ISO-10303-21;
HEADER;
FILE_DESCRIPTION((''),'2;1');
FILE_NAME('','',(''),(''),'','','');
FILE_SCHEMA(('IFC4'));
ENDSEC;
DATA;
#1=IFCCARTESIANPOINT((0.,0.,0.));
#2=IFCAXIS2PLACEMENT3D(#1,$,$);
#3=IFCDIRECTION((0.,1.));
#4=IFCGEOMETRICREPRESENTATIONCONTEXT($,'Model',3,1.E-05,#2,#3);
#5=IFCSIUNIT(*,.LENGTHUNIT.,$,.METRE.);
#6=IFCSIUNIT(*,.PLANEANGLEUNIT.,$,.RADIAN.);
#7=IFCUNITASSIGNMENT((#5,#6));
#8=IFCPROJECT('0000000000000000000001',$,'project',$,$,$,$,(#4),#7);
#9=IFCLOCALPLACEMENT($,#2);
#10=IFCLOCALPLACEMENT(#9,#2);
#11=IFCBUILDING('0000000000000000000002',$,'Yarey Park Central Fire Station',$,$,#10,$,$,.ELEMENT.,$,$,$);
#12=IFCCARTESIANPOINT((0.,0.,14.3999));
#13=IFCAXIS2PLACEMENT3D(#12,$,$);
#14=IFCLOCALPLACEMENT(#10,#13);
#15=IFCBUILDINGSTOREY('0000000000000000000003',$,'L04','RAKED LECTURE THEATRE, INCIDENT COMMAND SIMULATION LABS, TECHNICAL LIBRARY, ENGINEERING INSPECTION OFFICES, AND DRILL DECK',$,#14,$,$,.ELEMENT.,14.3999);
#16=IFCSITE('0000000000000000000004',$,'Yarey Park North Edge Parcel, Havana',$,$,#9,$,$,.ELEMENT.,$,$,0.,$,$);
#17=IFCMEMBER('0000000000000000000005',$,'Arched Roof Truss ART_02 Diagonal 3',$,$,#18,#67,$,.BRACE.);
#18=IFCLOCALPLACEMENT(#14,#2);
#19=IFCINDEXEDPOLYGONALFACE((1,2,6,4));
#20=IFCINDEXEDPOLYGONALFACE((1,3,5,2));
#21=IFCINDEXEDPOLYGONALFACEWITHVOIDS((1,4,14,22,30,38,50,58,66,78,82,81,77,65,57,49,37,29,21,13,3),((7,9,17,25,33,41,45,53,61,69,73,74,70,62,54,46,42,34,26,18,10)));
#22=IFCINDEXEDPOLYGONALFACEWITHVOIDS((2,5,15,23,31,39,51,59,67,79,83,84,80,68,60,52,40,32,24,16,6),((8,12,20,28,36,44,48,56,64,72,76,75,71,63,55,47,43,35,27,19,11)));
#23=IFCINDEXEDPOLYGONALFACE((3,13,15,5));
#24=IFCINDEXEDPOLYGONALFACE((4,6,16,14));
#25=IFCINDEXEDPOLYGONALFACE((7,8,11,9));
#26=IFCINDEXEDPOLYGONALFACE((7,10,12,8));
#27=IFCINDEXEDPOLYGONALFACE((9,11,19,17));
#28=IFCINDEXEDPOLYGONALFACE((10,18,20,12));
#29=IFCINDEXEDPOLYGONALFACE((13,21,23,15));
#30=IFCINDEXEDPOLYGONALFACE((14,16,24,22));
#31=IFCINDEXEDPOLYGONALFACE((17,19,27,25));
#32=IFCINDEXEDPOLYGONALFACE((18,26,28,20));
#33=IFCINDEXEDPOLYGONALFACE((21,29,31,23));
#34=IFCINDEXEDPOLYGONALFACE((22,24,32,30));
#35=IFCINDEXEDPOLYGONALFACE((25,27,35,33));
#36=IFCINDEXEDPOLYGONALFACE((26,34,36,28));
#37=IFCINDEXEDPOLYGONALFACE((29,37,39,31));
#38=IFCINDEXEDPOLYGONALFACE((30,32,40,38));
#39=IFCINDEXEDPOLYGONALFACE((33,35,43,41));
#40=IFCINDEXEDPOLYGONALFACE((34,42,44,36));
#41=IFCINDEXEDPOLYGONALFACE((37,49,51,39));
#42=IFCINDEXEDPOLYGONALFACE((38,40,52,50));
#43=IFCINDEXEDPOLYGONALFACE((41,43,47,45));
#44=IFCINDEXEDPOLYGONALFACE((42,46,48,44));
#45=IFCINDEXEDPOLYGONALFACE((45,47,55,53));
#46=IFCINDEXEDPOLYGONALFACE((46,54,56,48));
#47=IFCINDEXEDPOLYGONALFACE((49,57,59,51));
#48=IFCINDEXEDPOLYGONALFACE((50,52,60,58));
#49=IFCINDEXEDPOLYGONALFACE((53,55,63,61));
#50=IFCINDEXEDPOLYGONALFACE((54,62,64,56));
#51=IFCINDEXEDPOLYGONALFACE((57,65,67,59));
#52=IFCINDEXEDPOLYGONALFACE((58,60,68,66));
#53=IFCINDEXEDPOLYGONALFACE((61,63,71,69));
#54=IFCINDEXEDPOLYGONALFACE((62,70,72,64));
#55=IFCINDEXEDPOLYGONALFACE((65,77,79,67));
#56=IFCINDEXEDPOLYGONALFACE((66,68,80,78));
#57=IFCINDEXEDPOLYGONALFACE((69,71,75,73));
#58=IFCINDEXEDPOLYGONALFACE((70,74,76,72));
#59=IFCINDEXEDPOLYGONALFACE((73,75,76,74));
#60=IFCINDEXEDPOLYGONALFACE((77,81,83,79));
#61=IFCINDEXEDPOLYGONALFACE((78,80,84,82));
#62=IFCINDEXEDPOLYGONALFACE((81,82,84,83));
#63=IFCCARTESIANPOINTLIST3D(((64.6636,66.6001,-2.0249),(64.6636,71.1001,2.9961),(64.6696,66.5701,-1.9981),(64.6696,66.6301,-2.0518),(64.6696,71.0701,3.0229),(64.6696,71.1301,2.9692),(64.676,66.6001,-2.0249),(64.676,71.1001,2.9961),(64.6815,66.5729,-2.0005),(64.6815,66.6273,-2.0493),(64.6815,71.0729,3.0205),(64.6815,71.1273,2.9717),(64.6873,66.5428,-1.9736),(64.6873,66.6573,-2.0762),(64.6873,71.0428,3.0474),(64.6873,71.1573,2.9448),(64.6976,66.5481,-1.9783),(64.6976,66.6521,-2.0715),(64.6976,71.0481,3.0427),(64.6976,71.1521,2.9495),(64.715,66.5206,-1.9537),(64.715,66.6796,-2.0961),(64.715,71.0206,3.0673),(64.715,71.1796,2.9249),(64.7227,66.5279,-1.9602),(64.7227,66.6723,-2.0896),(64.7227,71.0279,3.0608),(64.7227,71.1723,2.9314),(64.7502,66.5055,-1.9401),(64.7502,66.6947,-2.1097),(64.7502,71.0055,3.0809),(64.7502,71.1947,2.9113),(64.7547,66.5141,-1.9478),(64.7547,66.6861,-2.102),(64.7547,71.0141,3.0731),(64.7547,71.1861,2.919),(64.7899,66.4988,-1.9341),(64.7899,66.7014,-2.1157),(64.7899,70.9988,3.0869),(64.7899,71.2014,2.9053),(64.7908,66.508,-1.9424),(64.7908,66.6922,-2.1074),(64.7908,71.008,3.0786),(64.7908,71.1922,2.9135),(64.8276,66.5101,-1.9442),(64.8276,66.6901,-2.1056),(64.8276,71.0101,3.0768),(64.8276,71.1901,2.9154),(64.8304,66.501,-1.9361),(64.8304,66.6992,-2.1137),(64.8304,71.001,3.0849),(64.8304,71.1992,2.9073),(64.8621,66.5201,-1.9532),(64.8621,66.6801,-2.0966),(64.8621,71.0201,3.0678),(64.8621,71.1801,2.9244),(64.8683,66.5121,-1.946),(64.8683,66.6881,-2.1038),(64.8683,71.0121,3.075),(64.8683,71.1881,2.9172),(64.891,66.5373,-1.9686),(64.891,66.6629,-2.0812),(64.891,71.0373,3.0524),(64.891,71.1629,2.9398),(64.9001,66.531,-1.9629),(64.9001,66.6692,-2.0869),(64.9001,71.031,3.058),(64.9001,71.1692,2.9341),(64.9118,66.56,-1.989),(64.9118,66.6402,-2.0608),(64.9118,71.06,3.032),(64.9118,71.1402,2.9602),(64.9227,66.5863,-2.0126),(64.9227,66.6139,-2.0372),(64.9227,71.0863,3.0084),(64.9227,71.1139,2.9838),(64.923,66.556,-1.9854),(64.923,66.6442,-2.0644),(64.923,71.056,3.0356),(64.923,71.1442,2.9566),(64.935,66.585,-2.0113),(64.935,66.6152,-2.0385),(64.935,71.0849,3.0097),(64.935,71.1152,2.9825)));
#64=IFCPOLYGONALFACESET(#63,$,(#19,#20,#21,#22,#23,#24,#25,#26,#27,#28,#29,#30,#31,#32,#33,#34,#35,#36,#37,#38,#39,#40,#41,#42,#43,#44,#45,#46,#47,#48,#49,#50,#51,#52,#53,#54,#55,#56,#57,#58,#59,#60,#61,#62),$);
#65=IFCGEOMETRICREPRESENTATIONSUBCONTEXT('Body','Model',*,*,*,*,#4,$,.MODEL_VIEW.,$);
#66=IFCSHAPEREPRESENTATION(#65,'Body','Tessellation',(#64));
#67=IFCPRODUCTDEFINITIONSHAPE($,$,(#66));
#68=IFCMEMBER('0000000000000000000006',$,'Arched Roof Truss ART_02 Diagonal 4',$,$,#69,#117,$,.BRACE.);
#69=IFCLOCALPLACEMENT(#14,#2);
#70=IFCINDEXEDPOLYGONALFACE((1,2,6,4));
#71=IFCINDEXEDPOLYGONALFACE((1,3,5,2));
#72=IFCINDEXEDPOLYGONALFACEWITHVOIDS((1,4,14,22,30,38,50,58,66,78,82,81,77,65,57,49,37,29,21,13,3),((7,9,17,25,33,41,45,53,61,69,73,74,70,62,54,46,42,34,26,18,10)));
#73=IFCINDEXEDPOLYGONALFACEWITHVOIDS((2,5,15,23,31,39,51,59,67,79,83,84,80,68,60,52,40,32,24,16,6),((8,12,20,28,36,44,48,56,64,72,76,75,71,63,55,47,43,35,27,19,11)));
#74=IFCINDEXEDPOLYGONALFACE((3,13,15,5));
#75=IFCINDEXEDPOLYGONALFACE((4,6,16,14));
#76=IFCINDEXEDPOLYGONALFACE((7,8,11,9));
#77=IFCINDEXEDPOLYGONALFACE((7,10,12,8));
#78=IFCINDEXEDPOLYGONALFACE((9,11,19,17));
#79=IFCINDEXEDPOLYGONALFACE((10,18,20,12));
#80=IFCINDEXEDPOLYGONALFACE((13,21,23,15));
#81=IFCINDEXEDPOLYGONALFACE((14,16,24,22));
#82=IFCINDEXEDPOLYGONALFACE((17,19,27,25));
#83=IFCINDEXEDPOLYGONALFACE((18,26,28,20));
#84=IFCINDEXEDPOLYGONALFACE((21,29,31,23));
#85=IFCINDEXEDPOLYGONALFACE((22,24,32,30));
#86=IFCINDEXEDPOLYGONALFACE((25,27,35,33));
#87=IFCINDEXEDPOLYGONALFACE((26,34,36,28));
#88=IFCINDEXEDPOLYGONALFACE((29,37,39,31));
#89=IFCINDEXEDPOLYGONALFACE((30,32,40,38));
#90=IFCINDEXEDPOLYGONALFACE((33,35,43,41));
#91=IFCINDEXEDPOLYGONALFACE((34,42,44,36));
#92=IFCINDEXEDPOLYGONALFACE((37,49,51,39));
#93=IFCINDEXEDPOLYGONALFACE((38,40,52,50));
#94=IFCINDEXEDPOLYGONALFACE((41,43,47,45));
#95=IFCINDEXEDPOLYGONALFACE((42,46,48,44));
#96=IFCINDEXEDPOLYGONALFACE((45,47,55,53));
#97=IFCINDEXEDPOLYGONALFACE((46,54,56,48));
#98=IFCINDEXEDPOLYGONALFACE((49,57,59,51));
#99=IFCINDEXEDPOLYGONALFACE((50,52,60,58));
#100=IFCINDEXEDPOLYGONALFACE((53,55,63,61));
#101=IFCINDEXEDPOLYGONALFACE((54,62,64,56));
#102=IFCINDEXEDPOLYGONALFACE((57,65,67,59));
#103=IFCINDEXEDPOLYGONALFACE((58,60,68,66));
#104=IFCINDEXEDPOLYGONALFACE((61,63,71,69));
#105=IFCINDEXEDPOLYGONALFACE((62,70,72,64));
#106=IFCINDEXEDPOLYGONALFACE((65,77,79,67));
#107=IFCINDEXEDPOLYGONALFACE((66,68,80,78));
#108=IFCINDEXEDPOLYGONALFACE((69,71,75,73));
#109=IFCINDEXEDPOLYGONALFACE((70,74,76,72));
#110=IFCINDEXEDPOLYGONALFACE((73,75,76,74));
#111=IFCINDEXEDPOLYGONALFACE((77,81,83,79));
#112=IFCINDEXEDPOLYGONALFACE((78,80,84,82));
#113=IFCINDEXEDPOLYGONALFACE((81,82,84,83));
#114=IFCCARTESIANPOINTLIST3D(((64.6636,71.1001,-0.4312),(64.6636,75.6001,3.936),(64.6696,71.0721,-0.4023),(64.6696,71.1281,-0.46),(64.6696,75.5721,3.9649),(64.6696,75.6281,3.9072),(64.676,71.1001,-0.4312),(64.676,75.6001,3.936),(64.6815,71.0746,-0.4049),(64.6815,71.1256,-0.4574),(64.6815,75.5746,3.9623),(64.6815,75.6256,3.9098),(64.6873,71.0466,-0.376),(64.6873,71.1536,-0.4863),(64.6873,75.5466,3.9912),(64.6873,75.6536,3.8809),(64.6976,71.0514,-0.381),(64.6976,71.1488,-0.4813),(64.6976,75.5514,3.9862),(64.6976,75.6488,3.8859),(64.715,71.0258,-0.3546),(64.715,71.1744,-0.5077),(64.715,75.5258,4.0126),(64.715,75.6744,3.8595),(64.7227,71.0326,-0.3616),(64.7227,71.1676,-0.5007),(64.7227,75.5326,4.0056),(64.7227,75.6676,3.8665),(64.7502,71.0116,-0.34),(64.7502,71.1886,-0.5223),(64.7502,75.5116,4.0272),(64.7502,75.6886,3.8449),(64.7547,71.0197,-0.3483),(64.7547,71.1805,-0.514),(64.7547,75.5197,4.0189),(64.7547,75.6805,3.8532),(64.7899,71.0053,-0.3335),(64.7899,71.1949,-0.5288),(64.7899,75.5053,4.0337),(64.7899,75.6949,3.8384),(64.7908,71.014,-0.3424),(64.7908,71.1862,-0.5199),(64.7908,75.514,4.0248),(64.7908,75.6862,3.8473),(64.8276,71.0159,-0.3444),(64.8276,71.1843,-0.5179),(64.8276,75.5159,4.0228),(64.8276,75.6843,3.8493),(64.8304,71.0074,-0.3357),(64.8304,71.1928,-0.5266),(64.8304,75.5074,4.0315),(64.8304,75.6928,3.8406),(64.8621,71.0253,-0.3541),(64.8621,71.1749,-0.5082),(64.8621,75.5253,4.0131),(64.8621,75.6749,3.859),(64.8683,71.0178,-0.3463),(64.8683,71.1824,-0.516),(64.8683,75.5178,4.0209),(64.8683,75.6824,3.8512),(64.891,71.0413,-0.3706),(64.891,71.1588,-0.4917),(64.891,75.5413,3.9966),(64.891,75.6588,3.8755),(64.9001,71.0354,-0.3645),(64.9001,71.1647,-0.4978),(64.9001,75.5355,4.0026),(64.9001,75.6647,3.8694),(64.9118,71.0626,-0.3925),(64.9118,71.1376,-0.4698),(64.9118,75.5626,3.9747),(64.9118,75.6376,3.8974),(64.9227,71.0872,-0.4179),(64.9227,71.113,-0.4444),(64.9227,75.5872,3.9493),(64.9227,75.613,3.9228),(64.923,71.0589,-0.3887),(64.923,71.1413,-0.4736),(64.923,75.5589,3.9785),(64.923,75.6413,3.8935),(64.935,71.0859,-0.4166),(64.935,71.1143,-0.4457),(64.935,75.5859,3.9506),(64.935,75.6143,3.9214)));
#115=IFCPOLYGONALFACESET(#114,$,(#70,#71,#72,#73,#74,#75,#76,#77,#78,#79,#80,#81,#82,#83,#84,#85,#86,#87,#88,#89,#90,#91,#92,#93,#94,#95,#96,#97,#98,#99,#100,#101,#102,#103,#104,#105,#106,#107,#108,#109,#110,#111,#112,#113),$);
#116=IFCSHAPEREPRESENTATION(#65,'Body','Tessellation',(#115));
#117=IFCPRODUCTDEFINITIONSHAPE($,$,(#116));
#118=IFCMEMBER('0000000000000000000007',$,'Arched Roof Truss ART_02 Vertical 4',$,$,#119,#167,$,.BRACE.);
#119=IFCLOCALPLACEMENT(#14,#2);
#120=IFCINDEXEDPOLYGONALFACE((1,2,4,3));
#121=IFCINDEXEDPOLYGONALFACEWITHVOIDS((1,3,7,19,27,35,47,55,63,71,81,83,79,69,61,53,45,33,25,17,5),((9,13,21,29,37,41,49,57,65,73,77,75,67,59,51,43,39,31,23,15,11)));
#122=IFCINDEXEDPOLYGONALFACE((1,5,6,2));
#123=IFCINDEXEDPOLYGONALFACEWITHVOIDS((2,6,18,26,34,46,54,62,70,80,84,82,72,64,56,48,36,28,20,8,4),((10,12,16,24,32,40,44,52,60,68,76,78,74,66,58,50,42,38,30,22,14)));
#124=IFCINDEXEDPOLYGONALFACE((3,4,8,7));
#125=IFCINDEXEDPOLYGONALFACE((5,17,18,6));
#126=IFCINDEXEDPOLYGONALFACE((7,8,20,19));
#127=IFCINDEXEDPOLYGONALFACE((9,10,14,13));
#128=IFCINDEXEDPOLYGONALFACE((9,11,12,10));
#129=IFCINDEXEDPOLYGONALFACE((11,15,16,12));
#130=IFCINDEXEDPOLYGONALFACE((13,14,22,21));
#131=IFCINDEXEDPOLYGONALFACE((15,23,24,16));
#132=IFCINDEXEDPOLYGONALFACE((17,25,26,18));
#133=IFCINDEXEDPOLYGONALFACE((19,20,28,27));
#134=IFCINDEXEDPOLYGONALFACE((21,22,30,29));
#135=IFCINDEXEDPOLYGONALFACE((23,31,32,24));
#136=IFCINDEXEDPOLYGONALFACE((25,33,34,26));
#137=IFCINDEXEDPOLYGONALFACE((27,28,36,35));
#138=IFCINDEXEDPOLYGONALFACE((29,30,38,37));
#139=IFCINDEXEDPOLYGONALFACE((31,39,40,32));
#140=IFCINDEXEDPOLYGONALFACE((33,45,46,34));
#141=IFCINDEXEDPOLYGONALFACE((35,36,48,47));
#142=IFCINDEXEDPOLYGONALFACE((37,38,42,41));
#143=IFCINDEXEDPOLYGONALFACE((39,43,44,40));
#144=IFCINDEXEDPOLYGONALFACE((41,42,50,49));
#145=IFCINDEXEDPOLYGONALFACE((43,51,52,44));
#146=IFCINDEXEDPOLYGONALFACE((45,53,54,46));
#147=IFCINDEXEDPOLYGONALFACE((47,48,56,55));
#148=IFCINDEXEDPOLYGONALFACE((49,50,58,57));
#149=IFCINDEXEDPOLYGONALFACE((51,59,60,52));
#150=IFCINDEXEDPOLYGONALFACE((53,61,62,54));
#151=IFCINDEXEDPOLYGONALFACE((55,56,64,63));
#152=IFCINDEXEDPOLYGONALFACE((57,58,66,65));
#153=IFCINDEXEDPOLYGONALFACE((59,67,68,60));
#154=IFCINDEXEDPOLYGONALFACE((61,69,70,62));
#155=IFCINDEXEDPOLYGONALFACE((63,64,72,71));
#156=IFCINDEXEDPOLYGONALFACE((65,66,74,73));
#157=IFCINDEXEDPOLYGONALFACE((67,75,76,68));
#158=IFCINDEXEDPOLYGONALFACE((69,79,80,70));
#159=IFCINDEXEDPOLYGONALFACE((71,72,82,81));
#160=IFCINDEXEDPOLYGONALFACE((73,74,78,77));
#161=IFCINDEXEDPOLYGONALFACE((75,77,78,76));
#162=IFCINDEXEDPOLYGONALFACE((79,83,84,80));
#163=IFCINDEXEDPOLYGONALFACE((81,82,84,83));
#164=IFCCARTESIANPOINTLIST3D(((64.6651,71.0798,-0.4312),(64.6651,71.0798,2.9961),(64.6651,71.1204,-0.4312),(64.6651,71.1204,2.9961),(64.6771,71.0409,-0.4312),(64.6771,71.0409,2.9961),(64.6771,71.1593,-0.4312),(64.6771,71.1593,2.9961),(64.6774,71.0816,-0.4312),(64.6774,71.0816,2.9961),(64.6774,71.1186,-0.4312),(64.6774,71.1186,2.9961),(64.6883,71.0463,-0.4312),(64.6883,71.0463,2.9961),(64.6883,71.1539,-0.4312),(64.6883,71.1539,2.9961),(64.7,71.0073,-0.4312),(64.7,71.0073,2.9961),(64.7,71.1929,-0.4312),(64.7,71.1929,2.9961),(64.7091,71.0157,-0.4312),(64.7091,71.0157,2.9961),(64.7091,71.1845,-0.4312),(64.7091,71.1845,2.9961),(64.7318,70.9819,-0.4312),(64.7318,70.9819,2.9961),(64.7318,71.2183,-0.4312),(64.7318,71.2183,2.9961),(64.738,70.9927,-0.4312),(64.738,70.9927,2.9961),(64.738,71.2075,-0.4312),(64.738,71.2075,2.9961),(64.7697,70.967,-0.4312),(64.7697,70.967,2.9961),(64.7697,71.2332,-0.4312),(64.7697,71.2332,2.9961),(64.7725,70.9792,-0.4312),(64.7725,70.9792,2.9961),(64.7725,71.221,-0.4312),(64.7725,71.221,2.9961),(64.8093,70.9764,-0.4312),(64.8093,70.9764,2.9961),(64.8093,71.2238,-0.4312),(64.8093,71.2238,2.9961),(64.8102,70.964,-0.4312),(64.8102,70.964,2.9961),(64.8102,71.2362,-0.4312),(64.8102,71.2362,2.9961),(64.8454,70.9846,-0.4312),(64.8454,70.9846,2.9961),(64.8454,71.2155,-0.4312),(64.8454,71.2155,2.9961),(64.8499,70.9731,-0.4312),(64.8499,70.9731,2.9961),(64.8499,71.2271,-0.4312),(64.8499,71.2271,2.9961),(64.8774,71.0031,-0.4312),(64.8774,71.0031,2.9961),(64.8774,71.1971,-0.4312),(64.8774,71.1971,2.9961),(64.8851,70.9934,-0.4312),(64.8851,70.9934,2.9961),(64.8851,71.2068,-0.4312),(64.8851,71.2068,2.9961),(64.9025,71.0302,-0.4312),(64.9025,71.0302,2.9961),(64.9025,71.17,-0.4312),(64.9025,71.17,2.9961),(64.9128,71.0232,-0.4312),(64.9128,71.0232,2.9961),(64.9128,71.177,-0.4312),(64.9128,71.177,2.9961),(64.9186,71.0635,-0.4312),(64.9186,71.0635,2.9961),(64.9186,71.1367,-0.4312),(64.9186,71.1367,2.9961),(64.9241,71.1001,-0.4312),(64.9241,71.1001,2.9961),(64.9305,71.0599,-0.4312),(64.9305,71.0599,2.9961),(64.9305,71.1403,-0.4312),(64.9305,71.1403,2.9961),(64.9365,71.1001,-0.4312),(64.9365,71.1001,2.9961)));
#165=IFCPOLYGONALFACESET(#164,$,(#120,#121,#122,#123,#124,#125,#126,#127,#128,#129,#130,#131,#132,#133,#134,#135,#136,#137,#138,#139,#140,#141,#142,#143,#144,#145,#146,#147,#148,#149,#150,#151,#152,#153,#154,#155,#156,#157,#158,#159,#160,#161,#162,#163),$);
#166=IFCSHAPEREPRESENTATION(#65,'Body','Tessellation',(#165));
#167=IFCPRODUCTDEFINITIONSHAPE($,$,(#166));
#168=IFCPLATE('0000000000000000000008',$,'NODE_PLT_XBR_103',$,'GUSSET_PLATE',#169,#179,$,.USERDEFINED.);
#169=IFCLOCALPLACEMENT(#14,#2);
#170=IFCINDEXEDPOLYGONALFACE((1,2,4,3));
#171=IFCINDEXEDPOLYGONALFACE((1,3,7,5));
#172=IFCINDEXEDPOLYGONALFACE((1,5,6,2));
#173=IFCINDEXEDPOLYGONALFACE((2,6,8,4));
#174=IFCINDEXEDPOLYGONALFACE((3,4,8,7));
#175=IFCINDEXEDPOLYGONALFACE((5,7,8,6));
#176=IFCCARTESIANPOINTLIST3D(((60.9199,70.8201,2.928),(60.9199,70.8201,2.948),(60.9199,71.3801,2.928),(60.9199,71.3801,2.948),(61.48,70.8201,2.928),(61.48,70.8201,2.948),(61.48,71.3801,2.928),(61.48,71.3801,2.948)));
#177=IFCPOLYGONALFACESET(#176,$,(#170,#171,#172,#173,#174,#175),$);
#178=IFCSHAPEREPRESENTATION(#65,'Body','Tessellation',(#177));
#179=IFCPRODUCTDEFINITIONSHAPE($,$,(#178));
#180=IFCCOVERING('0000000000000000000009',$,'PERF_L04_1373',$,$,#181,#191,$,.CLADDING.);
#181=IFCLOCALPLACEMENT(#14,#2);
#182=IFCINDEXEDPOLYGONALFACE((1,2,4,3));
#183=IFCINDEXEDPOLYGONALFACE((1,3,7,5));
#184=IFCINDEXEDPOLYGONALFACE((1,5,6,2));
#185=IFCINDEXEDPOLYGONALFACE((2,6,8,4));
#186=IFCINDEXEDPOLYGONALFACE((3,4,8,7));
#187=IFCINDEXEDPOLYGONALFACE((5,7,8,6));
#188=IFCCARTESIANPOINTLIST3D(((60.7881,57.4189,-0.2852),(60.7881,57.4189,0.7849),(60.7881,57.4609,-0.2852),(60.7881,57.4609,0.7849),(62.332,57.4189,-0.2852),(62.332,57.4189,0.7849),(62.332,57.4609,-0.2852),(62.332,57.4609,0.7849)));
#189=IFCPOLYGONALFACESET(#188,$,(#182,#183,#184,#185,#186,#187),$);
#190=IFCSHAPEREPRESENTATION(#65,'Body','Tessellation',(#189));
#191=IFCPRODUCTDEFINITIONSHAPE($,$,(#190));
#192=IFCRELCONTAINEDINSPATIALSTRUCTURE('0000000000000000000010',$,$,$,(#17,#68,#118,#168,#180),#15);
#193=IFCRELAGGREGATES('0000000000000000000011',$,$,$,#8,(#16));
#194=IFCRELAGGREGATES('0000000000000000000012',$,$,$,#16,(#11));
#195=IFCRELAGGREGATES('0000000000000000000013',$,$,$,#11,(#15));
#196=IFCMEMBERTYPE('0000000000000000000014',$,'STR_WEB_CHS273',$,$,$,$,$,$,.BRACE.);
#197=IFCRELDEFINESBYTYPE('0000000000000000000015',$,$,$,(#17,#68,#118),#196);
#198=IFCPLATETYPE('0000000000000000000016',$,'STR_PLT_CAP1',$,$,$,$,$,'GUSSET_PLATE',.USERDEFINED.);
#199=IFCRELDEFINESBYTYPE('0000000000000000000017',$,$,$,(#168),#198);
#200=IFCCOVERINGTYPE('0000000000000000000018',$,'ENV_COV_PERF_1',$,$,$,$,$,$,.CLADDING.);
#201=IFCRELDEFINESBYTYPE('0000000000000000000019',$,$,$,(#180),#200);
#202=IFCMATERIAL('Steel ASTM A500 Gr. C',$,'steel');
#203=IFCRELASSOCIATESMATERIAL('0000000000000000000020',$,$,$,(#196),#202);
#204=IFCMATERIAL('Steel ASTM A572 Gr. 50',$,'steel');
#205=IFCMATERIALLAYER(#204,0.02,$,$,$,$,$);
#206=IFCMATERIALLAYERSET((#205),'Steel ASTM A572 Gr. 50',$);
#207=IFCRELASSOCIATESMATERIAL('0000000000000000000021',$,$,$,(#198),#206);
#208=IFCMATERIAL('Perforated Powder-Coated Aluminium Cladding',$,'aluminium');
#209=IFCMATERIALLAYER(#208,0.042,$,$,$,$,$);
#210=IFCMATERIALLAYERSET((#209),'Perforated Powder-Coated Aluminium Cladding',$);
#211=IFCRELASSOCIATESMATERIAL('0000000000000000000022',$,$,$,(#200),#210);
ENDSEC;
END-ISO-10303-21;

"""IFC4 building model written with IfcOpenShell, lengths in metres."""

from ifc_helpers import new_model, si_unit, direction, frame, origin, origin_2d, place, context, subcontext, project, spatial, rectangle, hollow_circle, extrude, material, layer, layer_set, material_profile, profile_set, type_object, element, save


model = new_model("IFC4")

# Units and contexts
model_context = context("Model", 3, precision=1e-05, world=origin(), true_north=direction((0.0, 1.0)))
body_context = subcontext(model_context, "Body", "Model", "MODEL_VIEW")
ifc_project = project(units=[si_unit("LENGTHUNIT", "METRE"), si_unit("PLANEANGLEUNIT", "RADIAN")], contexts=[model_context])

# Site, building, storey
site_placement = place(None, origin())
site = spatial("IfcSite", under=ifc_project, at=site_placement, Name="Yarey Park North Edge Parcel, Havana", CompositionType="ELEMENT", RefElevation=0.0)
building_placement = place(site_placement, origin())
building = spatial("IfcBuilding", under=site, at=building_placement, Name="Yarey Park Central Fire Station", CompositionType="ELEMENT")
storey_placement = place(building_placement, frame((0.0, 0.0, 14.3999)))
storey = spatial("IfcBuildingStorey", under=building, at=storey_placement, Name="L04", Description="RAKED LECTURE THEATRE, INCIDENT COMMAND SIMULATION LABS, TECHNICAL LIBRARY, ENGINEERING INSPECTION OFFICES, AND DRILL DECK", CompositionType="ELEMENT", Elevation=14.3999)

# Shared definitions
ifc_material_1 = material(Name="Steel ASTM A500 Gr. C", Category="steel")

# Members
ifc_material_profile_1 = material_profile(ifc_material_1, hollow_circle(Radius=0.1365, WallThickness=0.0125, at=origin_2d()), Name="CHS 273x12.5")
ifc_profile_set_1 = profile_set([ifc_material_profile_1], Name="Steel ASTM A500 Gr. C")
member_type_1 = type_object("IfcMemberType", Name="STR_WEB_CHS273", PredefinedType="BRACE", material=ifc_profile_set_1)
member_1_placement = place(storey_placement, frame((64.8, 66.6001, -2.0249), z_axis=(0.0, 0.667415, 0.744686), x_axis=(-1.0, 0.0, 0.0)))
element("IfcMember", 1, at=member_1_placement, inside=storey, type_object=member_type_1, Name="Arched Roof Truss ART_02 Diagonal 3", PredefinedType="BRACE", context=body_context, shape_type="SweptSolid", body=[
    extrude(hollow_circle(Radius=0.1365, WallThickness=0.0125, at=origin_2d()), origin(), (0.0, 0.0, 1.0), 6.7424),
])
member_2_placement = place(storey_placement, frame((64.8, 71.1001, -0.4312), z_axis=(0.0, 0.717617, 0.696438), x_axis=(-1.0, 0.0, 0.0)))
element("IfcMember", 2, at=member_2_placement, inside=storey, type_object=member_type_1, Name="Arched Roof Truss ART_02 Diagonal 4", PredefinedType="BRACE", context=body_context, shape_type="SweptSolid", body=[
    extrude(hollow_circle(Radius=0.1365, WallThickness=0.0125, at=origin_2d()), origin(), (0.0, 0.0, 1.0), 6.2708),
])
member_3_placement = place(storey_placement, frame((64.8, 71.1001, -0.4312), z_axis=(0.0, 0.0, 1.0), x_axis=(1.0, 0.0, 0.0)))
element("IfcMember", 3, at=member_3_placement, inside=storey, type_object=member_type_1, Name="Arched Roof Truss ART_02 Vertical 4", PredefinedType="BRACE", context=body_context, shape_type="SweptSolid", body=[
    extrude(hollow_circle(Radius=0.1365, WallThickness=0.0125, at=origin_2d()), origin(), (0.0, 0.0, 1.0), 3.4272),
])

# Plate
ifc_material_2 = material(Name="Steel ASTM A572 Gr. 50", Category="steel")
ifc_layer_1 = layer(ifc_material_2, 0.02)
ifc_layer_set_1 = layer_set([ifc_layer_1], Name="Steel ASTM A572 Gr. 50")
plate_type = type_object("IfcPlateType", Name="STR_PLT_CAP1", ElementType="GUSSET_PLATE", PredefinedType="USERDEFINED", material=ifc_layer_set_1)
plate_placement = place(storey_placement, frame((61.2, 71.1001, 2.928), z_axis=(0.0, 0.0, 1.0), x_axis=(1.0, 0.0, 0.0)))
element("IfcPlate", 4, at=plate_placement, inside=storey, type_object=plate_type, Name="NODE_PLT_XBR_103", ObjectType="GUSSET_PLATE", PredefinedType="USERDEFINED", context=body_context, shape_type="SweptSolid", body=[
    extrude(rectangle(XDim=0.5601, YDim=0.5601, at=origin_2d()), origin(), (0.0, 0.0, 1.0), 0.02),
])

# Covering
ifc_material_3 = material(Name="Perforated Powder-Coated Aluminium Cladding", Category="aluminium")
ifc_layer_2 = layer(ifc_material_3, 0.042)
ifc_layer_set_2 = layer_set([ifc_layer_2], Name="Perforated Powder-Coated Aluminium Cladding")
covering_type_1 = type_object("IfcCoveringType", Name="ENV_COV_PERF_1", PredefinedType="CLADDING", material=ifc_layer_set_2)
for number, where, z_axis, x_axis, name in (
    (5, (61.5601, 57.4399, -0.2852), (0.0, 0.0, 1.0), (1.0, 0.0, 0.0), "PERF_L04_1373"),
):
    element("IfcCovering", number, at=place(storey_placement, frame(where, z_axis=z_axis, x_axis=x_axis)), inside=storey, type_object=covering_type_1, Name=name, PredefinedType="CLADDING", context=body_context, shape_type="SweptSolid", body=[
        extrude(rectangle(XDim=1.5439, YDim=0.042, at=origin_2d()), origin(), (0.0, 0.0, 1.0), 1.0701),
    ])

save(model, "model.ifc")
